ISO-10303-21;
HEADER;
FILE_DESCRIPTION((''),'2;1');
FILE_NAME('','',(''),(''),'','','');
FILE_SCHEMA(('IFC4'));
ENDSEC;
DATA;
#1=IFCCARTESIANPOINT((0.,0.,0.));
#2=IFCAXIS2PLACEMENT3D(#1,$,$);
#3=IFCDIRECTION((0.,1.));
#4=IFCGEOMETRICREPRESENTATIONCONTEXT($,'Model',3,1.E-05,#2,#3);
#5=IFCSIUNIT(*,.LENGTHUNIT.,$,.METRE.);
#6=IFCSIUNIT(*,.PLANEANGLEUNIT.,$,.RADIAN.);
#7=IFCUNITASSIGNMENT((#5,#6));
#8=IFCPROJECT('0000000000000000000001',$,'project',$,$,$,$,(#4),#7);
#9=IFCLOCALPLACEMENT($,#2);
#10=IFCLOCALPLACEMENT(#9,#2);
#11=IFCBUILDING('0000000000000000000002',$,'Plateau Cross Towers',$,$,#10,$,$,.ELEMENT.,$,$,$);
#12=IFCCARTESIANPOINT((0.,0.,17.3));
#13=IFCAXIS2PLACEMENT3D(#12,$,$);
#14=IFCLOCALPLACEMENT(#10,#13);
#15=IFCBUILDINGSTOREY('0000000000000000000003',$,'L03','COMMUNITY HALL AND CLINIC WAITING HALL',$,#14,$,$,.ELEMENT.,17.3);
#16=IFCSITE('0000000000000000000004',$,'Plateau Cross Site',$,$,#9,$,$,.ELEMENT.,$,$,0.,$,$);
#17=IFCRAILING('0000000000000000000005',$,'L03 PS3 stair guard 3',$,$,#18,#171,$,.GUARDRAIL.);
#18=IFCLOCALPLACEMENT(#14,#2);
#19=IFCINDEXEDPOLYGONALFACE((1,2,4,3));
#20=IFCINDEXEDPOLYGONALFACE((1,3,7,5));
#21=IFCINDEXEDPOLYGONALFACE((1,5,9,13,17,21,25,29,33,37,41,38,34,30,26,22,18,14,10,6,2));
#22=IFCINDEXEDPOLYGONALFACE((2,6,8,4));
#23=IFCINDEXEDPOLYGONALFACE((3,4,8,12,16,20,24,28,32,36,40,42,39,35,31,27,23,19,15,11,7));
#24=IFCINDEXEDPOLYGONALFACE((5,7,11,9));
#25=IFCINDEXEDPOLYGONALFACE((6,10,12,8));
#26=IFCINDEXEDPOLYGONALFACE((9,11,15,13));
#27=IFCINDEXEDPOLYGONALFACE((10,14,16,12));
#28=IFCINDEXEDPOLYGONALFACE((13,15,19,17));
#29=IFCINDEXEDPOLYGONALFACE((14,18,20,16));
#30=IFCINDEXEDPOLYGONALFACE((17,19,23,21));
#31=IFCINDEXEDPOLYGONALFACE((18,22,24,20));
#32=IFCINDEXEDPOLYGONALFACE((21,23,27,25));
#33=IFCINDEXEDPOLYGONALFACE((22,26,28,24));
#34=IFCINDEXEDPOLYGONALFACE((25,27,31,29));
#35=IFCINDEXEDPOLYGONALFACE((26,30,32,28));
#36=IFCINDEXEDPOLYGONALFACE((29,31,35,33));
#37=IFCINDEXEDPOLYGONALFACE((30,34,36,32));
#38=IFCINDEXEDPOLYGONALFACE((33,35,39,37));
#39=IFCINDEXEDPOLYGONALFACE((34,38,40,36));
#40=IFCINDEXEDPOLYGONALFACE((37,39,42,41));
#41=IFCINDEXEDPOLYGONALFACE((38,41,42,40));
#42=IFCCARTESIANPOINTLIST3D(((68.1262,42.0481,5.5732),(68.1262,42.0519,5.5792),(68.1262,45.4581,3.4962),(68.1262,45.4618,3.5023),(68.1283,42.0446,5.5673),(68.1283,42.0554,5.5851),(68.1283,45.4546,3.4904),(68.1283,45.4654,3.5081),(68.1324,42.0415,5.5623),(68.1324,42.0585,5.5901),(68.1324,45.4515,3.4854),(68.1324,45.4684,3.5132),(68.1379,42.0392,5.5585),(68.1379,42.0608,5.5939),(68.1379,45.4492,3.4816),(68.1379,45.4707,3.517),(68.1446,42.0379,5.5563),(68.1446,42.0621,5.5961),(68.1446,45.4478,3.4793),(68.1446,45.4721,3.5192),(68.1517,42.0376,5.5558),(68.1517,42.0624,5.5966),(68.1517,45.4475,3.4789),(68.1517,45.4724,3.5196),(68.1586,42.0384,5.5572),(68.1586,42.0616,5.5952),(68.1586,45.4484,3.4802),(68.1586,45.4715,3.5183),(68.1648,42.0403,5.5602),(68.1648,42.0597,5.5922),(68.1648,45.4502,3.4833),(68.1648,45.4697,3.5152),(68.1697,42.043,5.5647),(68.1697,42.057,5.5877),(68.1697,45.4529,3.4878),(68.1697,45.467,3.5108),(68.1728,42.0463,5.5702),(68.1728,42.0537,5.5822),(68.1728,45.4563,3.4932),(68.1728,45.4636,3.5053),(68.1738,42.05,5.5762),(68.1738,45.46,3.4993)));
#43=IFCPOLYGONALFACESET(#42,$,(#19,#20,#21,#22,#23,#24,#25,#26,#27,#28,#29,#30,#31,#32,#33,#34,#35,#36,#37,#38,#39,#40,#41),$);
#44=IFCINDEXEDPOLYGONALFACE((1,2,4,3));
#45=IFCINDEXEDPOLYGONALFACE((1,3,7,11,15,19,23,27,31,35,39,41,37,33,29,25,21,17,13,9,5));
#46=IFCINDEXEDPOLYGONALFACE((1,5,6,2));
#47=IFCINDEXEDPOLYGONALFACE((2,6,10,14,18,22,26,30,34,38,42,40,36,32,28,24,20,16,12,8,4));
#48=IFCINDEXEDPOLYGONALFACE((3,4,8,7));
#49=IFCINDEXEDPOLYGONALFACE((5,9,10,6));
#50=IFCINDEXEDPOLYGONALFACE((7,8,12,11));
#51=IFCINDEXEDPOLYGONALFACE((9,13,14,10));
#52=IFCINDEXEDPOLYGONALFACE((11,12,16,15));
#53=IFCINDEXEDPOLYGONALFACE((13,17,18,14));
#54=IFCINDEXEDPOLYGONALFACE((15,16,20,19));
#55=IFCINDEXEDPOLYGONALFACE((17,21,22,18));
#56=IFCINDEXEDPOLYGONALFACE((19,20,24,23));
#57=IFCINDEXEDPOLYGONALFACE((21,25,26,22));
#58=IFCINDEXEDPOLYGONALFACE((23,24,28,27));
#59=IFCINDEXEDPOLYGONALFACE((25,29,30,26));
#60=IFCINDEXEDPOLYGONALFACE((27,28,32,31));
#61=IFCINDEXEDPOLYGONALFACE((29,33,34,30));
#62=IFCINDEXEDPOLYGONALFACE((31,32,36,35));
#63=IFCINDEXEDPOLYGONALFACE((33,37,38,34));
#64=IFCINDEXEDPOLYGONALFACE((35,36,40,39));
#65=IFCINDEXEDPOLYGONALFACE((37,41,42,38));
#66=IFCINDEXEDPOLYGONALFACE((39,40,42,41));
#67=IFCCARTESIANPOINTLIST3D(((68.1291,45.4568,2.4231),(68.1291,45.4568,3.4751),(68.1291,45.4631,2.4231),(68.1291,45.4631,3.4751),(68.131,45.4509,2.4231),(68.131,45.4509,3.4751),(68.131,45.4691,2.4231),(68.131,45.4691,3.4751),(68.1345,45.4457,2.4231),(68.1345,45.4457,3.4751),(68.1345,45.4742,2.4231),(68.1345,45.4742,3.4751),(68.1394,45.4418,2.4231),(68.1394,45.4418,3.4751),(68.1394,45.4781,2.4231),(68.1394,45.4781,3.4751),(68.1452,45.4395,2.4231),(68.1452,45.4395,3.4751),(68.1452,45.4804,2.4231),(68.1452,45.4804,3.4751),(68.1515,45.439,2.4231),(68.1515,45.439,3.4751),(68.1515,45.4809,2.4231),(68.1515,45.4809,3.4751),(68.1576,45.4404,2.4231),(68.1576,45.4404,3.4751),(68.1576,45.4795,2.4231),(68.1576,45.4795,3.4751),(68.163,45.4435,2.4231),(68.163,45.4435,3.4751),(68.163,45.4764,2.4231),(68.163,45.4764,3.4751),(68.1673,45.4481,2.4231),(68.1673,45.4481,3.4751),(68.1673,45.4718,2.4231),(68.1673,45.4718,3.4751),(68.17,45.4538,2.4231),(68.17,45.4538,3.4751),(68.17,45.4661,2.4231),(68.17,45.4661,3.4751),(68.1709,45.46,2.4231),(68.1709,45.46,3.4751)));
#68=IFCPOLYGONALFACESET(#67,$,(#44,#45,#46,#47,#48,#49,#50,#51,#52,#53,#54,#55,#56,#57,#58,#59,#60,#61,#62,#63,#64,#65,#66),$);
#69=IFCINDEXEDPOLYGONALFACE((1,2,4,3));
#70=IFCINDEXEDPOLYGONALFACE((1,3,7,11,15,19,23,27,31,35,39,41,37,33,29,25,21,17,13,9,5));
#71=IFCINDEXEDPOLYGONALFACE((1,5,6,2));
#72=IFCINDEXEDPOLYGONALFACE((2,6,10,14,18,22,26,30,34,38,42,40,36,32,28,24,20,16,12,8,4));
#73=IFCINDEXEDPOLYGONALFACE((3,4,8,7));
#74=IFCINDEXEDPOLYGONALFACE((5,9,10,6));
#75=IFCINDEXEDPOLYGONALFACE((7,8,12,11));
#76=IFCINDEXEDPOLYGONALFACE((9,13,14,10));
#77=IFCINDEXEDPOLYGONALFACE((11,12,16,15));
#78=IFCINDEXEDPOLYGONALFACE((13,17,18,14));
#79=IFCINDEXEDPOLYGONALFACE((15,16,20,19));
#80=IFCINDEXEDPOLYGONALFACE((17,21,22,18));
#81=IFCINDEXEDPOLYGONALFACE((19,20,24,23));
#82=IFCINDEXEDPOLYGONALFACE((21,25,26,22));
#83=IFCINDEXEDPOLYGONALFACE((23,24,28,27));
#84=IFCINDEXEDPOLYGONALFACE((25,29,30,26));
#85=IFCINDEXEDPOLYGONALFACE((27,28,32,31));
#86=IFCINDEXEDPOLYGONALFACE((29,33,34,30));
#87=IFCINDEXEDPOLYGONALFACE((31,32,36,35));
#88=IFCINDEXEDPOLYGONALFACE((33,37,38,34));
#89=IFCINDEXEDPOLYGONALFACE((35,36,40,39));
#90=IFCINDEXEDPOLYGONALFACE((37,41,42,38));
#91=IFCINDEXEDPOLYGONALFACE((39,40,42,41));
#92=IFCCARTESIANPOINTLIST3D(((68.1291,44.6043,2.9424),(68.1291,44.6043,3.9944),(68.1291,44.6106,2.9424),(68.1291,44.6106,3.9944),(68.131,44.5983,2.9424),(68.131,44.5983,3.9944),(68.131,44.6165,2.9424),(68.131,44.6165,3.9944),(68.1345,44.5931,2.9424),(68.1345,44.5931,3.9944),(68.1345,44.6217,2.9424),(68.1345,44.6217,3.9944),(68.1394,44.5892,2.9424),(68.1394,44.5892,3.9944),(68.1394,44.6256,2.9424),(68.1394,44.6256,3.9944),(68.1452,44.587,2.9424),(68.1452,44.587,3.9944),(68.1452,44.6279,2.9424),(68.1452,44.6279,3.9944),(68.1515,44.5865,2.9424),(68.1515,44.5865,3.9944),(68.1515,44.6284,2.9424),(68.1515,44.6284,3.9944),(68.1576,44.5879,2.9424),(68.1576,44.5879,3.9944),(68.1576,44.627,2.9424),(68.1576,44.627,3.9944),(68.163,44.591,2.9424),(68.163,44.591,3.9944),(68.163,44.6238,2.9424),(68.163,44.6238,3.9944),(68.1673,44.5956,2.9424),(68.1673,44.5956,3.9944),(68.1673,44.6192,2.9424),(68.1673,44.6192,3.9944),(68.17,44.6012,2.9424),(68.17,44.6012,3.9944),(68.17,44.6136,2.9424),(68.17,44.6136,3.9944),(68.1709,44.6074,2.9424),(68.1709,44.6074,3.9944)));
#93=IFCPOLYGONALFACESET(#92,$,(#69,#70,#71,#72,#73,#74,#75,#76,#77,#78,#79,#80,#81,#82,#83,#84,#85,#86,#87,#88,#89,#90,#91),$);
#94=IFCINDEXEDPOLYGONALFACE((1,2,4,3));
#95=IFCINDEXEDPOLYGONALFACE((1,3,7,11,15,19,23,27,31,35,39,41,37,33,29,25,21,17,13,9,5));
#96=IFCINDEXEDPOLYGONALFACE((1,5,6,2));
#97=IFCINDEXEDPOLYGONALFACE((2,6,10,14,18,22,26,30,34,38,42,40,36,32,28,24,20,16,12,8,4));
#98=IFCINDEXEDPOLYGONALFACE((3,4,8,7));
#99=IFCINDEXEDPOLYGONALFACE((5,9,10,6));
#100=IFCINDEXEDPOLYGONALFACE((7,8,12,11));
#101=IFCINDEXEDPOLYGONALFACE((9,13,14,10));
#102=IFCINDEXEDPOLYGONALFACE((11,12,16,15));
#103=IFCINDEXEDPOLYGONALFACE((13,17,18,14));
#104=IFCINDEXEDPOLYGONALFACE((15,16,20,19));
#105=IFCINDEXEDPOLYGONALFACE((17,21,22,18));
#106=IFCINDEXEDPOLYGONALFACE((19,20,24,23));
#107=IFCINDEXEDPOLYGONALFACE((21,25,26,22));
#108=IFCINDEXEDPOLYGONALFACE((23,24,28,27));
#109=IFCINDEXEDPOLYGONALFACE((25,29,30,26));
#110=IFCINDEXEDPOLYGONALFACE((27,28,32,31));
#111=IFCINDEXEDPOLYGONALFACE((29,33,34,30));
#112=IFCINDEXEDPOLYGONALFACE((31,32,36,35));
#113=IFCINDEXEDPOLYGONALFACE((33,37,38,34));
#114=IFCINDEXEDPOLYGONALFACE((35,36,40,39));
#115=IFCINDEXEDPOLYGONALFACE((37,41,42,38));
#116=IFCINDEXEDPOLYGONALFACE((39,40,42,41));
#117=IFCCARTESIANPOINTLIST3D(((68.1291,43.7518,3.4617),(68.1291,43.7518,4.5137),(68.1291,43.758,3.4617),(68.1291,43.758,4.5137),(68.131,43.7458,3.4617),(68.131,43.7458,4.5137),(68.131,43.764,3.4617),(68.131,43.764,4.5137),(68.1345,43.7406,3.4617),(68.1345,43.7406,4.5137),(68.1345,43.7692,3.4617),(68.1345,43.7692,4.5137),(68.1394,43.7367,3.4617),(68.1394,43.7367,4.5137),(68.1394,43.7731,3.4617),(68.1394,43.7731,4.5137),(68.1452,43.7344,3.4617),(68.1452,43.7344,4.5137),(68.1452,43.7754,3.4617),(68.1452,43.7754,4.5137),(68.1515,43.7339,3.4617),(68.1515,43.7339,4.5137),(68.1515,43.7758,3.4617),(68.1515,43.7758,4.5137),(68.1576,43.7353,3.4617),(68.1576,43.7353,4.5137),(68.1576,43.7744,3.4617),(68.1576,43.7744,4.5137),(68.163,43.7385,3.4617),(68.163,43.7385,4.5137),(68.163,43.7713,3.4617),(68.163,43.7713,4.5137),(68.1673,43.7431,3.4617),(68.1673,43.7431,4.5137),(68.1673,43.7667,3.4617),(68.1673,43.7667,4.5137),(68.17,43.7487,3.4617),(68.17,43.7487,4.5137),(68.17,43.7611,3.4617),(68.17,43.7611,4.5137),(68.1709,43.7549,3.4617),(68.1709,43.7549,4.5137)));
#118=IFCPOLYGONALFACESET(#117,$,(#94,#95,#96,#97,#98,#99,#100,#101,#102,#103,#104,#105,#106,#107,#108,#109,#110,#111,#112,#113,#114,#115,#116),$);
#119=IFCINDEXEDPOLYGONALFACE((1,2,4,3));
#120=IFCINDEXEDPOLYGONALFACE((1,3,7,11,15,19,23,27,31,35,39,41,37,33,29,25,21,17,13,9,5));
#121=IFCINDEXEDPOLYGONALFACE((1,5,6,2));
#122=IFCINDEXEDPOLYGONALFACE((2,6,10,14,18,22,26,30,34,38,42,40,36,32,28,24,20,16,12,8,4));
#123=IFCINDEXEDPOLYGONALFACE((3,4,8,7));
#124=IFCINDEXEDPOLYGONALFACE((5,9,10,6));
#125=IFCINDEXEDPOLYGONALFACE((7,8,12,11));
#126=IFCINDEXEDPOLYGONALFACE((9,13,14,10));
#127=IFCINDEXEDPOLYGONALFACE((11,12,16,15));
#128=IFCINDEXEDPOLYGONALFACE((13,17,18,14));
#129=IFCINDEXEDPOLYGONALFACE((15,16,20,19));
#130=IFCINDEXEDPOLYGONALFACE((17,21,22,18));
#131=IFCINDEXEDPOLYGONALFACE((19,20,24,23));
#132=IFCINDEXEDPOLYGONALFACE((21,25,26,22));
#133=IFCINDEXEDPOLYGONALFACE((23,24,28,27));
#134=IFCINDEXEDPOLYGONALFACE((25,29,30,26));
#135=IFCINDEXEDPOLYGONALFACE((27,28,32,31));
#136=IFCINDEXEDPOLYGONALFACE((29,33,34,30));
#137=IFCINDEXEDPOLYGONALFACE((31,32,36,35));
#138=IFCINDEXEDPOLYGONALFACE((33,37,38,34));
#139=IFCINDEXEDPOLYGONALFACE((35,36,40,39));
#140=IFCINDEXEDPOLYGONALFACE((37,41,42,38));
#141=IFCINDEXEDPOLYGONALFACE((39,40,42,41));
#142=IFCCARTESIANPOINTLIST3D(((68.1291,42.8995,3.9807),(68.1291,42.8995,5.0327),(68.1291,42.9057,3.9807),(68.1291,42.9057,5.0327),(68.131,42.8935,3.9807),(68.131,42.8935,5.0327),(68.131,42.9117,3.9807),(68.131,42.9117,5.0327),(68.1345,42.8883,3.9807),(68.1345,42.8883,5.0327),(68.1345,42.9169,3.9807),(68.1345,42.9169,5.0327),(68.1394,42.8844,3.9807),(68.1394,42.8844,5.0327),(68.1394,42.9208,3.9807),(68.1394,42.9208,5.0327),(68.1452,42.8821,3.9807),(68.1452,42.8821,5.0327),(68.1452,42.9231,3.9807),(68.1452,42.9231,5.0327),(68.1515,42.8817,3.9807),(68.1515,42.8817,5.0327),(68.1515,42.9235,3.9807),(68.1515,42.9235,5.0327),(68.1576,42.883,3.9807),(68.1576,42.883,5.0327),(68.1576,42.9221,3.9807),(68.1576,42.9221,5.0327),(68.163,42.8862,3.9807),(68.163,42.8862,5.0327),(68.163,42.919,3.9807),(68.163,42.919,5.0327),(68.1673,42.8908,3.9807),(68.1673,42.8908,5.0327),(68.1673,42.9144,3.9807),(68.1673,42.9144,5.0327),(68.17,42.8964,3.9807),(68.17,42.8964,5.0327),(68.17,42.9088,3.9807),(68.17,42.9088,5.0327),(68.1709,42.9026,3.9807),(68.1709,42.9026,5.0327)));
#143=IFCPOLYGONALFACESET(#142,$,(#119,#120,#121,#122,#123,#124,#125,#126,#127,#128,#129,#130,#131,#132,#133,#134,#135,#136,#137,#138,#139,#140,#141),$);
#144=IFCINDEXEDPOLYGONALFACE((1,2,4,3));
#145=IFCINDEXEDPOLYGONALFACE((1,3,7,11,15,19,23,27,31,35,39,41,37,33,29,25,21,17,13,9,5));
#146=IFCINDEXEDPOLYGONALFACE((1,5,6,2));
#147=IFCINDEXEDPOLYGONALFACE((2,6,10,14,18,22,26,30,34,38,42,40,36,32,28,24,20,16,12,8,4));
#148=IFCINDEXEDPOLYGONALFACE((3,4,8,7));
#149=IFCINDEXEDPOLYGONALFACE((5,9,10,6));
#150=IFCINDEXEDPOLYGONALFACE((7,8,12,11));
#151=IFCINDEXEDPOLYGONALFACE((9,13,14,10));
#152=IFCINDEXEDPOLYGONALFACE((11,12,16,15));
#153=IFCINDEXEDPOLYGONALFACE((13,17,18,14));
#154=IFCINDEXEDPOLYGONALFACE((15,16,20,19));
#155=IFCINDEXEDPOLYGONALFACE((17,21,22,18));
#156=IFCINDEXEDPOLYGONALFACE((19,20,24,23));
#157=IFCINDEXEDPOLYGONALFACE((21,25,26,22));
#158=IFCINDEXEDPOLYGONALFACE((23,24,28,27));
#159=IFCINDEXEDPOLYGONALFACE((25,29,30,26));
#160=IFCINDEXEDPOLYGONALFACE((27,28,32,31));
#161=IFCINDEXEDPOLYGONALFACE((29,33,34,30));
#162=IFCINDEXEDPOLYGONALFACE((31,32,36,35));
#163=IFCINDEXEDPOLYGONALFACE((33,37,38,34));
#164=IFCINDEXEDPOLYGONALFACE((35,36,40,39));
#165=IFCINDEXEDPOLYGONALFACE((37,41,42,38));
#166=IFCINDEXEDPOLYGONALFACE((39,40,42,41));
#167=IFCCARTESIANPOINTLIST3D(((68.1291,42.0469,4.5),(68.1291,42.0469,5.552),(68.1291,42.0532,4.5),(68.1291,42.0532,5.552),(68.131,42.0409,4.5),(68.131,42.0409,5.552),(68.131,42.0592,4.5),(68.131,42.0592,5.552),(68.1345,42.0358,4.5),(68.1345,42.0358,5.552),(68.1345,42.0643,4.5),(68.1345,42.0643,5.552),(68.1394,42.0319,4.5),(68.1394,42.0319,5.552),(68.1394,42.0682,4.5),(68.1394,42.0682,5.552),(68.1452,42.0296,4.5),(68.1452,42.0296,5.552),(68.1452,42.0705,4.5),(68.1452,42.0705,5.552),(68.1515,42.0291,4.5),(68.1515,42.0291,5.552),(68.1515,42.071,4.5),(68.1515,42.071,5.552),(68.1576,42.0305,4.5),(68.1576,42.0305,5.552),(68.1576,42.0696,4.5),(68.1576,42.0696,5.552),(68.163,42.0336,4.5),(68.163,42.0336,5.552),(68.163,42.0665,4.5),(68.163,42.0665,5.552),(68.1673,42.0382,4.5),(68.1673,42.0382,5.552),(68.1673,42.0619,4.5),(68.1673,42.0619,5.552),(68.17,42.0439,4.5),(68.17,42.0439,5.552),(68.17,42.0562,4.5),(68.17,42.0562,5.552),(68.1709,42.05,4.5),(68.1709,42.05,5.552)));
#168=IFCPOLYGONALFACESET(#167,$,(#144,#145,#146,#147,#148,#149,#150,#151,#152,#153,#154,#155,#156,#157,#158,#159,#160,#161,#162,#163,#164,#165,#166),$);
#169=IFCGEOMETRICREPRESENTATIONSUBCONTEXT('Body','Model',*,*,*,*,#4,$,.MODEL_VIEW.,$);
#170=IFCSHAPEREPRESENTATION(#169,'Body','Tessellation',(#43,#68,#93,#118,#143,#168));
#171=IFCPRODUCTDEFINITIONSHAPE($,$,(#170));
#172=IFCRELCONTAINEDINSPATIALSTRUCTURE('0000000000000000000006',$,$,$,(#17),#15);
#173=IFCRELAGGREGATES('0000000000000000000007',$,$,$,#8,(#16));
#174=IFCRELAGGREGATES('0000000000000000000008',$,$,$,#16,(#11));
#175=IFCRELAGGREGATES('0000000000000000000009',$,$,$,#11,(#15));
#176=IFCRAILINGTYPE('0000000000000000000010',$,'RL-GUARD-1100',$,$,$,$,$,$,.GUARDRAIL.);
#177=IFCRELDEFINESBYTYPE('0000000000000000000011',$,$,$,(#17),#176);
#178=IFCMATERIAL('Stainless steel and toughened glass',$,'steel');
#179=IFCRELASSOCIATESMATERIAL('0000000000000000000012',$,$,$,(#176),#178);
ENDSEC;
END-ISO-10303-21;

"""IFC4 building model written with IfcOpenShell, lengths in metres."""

from ifc_helpers import new_model, si_unit, direction, frame, origin, origin_2d, place, context, subcontext, project, spatial, circle, extrude, material, type_object, element, save


model = new_model("IFC4")

# Units and contexts
model_context = context("Model", 3, precision=1e-05, world=origin(), true_north=direction((0.0, 1.0)))
body_context = subcontext(model_context, "Body", "Model", "MODEL_VIEW")
ifc_project = project(units=[si_unit("LENGTHUNIT", "METRE"), si_unit("PLANEANGLEUNIT", "RADIAN")], contexts=[model_context])

# Site, building, storey
site_placement = place(None, origin())
site = spatial("IfcSite", under=ifc_project, at=site_placement, Name="Plateau Cross Site", CompositionType="ELEMENT", RefElevation=0.0)
building_placement = place(site_placement, origin())
building = spatial("IfcBuilding", under=site, at=building_placement, Name="Plateau Cross Towers", CompositionType="ELEMENT")
storey_placement = place(building_placement, frame((0.0, 0.0, 17.3)))
storey = spatial("IfcBuildingStorey", under=building, at=storey_placement, Name="L03", Description="COMMUNITY HALL AND CLINIC WAITING HALL", CompositionType="ELEMENT", Elevation=17.3)

# Railing
ifc_material_1 = material(Name="Stainless steel and toughened glass", Category="steel")
railing_type_1 = type_object("IfcRailingType", Name="RL-GUARD-1100", PredefinedType="GUARDRAIL", material=ifc_material_1)
railing_1_placement = place(storey_placement, frame((68.1499, 45.46, 2.4231)))
element("IfcRailing", 1, at=railing_1_placement, inside=storey, type_object=railing_type_1, Name="L03 PS3 stair guard 3", PredefinedType="GUARDRAIL", context=body_context, shape_type="SweptSolid", body=[
    extrude(circle(Radius=0.0239, at=origin_2d()), frame((0.0, 0.0, 1.0762), z_axis=(0.0, -0.854053, 0.520186), x_axis=(1.0, 0.0, 0.0)), (0.0, 0.0, 1.0), 3.9927),
    extrude(circle(Radius=0.021, at=origin_2d()), origin(), (0.0, 0.0, 1.0), 1.052),
    extrude(circle(Radius=0.021, at=origin_2d()), frame((0.0, -0.8525, 0.5193)), (0.0, 0.0, 1.0), 1.052),
    extrude(circle(Radius=0.021, at=origin_2d()), frame((0.0, -1.7051, 1.0386)), (0.0, 0.0, 1.0), 1.052),
    extrude(circle(Radius=0.021, at=origin_2d()), frame((0.0, -2.5574, 1.5576)), (0.0, 0.0, 1.0), 1.052),
    extrude(circle(Radius=0.021, at=origin_2d()), frame((0.0, -3.4099, 2.0769)), (0.0, 0.0, 1.0), 1.052),
])

save(model, "model.ifc")
